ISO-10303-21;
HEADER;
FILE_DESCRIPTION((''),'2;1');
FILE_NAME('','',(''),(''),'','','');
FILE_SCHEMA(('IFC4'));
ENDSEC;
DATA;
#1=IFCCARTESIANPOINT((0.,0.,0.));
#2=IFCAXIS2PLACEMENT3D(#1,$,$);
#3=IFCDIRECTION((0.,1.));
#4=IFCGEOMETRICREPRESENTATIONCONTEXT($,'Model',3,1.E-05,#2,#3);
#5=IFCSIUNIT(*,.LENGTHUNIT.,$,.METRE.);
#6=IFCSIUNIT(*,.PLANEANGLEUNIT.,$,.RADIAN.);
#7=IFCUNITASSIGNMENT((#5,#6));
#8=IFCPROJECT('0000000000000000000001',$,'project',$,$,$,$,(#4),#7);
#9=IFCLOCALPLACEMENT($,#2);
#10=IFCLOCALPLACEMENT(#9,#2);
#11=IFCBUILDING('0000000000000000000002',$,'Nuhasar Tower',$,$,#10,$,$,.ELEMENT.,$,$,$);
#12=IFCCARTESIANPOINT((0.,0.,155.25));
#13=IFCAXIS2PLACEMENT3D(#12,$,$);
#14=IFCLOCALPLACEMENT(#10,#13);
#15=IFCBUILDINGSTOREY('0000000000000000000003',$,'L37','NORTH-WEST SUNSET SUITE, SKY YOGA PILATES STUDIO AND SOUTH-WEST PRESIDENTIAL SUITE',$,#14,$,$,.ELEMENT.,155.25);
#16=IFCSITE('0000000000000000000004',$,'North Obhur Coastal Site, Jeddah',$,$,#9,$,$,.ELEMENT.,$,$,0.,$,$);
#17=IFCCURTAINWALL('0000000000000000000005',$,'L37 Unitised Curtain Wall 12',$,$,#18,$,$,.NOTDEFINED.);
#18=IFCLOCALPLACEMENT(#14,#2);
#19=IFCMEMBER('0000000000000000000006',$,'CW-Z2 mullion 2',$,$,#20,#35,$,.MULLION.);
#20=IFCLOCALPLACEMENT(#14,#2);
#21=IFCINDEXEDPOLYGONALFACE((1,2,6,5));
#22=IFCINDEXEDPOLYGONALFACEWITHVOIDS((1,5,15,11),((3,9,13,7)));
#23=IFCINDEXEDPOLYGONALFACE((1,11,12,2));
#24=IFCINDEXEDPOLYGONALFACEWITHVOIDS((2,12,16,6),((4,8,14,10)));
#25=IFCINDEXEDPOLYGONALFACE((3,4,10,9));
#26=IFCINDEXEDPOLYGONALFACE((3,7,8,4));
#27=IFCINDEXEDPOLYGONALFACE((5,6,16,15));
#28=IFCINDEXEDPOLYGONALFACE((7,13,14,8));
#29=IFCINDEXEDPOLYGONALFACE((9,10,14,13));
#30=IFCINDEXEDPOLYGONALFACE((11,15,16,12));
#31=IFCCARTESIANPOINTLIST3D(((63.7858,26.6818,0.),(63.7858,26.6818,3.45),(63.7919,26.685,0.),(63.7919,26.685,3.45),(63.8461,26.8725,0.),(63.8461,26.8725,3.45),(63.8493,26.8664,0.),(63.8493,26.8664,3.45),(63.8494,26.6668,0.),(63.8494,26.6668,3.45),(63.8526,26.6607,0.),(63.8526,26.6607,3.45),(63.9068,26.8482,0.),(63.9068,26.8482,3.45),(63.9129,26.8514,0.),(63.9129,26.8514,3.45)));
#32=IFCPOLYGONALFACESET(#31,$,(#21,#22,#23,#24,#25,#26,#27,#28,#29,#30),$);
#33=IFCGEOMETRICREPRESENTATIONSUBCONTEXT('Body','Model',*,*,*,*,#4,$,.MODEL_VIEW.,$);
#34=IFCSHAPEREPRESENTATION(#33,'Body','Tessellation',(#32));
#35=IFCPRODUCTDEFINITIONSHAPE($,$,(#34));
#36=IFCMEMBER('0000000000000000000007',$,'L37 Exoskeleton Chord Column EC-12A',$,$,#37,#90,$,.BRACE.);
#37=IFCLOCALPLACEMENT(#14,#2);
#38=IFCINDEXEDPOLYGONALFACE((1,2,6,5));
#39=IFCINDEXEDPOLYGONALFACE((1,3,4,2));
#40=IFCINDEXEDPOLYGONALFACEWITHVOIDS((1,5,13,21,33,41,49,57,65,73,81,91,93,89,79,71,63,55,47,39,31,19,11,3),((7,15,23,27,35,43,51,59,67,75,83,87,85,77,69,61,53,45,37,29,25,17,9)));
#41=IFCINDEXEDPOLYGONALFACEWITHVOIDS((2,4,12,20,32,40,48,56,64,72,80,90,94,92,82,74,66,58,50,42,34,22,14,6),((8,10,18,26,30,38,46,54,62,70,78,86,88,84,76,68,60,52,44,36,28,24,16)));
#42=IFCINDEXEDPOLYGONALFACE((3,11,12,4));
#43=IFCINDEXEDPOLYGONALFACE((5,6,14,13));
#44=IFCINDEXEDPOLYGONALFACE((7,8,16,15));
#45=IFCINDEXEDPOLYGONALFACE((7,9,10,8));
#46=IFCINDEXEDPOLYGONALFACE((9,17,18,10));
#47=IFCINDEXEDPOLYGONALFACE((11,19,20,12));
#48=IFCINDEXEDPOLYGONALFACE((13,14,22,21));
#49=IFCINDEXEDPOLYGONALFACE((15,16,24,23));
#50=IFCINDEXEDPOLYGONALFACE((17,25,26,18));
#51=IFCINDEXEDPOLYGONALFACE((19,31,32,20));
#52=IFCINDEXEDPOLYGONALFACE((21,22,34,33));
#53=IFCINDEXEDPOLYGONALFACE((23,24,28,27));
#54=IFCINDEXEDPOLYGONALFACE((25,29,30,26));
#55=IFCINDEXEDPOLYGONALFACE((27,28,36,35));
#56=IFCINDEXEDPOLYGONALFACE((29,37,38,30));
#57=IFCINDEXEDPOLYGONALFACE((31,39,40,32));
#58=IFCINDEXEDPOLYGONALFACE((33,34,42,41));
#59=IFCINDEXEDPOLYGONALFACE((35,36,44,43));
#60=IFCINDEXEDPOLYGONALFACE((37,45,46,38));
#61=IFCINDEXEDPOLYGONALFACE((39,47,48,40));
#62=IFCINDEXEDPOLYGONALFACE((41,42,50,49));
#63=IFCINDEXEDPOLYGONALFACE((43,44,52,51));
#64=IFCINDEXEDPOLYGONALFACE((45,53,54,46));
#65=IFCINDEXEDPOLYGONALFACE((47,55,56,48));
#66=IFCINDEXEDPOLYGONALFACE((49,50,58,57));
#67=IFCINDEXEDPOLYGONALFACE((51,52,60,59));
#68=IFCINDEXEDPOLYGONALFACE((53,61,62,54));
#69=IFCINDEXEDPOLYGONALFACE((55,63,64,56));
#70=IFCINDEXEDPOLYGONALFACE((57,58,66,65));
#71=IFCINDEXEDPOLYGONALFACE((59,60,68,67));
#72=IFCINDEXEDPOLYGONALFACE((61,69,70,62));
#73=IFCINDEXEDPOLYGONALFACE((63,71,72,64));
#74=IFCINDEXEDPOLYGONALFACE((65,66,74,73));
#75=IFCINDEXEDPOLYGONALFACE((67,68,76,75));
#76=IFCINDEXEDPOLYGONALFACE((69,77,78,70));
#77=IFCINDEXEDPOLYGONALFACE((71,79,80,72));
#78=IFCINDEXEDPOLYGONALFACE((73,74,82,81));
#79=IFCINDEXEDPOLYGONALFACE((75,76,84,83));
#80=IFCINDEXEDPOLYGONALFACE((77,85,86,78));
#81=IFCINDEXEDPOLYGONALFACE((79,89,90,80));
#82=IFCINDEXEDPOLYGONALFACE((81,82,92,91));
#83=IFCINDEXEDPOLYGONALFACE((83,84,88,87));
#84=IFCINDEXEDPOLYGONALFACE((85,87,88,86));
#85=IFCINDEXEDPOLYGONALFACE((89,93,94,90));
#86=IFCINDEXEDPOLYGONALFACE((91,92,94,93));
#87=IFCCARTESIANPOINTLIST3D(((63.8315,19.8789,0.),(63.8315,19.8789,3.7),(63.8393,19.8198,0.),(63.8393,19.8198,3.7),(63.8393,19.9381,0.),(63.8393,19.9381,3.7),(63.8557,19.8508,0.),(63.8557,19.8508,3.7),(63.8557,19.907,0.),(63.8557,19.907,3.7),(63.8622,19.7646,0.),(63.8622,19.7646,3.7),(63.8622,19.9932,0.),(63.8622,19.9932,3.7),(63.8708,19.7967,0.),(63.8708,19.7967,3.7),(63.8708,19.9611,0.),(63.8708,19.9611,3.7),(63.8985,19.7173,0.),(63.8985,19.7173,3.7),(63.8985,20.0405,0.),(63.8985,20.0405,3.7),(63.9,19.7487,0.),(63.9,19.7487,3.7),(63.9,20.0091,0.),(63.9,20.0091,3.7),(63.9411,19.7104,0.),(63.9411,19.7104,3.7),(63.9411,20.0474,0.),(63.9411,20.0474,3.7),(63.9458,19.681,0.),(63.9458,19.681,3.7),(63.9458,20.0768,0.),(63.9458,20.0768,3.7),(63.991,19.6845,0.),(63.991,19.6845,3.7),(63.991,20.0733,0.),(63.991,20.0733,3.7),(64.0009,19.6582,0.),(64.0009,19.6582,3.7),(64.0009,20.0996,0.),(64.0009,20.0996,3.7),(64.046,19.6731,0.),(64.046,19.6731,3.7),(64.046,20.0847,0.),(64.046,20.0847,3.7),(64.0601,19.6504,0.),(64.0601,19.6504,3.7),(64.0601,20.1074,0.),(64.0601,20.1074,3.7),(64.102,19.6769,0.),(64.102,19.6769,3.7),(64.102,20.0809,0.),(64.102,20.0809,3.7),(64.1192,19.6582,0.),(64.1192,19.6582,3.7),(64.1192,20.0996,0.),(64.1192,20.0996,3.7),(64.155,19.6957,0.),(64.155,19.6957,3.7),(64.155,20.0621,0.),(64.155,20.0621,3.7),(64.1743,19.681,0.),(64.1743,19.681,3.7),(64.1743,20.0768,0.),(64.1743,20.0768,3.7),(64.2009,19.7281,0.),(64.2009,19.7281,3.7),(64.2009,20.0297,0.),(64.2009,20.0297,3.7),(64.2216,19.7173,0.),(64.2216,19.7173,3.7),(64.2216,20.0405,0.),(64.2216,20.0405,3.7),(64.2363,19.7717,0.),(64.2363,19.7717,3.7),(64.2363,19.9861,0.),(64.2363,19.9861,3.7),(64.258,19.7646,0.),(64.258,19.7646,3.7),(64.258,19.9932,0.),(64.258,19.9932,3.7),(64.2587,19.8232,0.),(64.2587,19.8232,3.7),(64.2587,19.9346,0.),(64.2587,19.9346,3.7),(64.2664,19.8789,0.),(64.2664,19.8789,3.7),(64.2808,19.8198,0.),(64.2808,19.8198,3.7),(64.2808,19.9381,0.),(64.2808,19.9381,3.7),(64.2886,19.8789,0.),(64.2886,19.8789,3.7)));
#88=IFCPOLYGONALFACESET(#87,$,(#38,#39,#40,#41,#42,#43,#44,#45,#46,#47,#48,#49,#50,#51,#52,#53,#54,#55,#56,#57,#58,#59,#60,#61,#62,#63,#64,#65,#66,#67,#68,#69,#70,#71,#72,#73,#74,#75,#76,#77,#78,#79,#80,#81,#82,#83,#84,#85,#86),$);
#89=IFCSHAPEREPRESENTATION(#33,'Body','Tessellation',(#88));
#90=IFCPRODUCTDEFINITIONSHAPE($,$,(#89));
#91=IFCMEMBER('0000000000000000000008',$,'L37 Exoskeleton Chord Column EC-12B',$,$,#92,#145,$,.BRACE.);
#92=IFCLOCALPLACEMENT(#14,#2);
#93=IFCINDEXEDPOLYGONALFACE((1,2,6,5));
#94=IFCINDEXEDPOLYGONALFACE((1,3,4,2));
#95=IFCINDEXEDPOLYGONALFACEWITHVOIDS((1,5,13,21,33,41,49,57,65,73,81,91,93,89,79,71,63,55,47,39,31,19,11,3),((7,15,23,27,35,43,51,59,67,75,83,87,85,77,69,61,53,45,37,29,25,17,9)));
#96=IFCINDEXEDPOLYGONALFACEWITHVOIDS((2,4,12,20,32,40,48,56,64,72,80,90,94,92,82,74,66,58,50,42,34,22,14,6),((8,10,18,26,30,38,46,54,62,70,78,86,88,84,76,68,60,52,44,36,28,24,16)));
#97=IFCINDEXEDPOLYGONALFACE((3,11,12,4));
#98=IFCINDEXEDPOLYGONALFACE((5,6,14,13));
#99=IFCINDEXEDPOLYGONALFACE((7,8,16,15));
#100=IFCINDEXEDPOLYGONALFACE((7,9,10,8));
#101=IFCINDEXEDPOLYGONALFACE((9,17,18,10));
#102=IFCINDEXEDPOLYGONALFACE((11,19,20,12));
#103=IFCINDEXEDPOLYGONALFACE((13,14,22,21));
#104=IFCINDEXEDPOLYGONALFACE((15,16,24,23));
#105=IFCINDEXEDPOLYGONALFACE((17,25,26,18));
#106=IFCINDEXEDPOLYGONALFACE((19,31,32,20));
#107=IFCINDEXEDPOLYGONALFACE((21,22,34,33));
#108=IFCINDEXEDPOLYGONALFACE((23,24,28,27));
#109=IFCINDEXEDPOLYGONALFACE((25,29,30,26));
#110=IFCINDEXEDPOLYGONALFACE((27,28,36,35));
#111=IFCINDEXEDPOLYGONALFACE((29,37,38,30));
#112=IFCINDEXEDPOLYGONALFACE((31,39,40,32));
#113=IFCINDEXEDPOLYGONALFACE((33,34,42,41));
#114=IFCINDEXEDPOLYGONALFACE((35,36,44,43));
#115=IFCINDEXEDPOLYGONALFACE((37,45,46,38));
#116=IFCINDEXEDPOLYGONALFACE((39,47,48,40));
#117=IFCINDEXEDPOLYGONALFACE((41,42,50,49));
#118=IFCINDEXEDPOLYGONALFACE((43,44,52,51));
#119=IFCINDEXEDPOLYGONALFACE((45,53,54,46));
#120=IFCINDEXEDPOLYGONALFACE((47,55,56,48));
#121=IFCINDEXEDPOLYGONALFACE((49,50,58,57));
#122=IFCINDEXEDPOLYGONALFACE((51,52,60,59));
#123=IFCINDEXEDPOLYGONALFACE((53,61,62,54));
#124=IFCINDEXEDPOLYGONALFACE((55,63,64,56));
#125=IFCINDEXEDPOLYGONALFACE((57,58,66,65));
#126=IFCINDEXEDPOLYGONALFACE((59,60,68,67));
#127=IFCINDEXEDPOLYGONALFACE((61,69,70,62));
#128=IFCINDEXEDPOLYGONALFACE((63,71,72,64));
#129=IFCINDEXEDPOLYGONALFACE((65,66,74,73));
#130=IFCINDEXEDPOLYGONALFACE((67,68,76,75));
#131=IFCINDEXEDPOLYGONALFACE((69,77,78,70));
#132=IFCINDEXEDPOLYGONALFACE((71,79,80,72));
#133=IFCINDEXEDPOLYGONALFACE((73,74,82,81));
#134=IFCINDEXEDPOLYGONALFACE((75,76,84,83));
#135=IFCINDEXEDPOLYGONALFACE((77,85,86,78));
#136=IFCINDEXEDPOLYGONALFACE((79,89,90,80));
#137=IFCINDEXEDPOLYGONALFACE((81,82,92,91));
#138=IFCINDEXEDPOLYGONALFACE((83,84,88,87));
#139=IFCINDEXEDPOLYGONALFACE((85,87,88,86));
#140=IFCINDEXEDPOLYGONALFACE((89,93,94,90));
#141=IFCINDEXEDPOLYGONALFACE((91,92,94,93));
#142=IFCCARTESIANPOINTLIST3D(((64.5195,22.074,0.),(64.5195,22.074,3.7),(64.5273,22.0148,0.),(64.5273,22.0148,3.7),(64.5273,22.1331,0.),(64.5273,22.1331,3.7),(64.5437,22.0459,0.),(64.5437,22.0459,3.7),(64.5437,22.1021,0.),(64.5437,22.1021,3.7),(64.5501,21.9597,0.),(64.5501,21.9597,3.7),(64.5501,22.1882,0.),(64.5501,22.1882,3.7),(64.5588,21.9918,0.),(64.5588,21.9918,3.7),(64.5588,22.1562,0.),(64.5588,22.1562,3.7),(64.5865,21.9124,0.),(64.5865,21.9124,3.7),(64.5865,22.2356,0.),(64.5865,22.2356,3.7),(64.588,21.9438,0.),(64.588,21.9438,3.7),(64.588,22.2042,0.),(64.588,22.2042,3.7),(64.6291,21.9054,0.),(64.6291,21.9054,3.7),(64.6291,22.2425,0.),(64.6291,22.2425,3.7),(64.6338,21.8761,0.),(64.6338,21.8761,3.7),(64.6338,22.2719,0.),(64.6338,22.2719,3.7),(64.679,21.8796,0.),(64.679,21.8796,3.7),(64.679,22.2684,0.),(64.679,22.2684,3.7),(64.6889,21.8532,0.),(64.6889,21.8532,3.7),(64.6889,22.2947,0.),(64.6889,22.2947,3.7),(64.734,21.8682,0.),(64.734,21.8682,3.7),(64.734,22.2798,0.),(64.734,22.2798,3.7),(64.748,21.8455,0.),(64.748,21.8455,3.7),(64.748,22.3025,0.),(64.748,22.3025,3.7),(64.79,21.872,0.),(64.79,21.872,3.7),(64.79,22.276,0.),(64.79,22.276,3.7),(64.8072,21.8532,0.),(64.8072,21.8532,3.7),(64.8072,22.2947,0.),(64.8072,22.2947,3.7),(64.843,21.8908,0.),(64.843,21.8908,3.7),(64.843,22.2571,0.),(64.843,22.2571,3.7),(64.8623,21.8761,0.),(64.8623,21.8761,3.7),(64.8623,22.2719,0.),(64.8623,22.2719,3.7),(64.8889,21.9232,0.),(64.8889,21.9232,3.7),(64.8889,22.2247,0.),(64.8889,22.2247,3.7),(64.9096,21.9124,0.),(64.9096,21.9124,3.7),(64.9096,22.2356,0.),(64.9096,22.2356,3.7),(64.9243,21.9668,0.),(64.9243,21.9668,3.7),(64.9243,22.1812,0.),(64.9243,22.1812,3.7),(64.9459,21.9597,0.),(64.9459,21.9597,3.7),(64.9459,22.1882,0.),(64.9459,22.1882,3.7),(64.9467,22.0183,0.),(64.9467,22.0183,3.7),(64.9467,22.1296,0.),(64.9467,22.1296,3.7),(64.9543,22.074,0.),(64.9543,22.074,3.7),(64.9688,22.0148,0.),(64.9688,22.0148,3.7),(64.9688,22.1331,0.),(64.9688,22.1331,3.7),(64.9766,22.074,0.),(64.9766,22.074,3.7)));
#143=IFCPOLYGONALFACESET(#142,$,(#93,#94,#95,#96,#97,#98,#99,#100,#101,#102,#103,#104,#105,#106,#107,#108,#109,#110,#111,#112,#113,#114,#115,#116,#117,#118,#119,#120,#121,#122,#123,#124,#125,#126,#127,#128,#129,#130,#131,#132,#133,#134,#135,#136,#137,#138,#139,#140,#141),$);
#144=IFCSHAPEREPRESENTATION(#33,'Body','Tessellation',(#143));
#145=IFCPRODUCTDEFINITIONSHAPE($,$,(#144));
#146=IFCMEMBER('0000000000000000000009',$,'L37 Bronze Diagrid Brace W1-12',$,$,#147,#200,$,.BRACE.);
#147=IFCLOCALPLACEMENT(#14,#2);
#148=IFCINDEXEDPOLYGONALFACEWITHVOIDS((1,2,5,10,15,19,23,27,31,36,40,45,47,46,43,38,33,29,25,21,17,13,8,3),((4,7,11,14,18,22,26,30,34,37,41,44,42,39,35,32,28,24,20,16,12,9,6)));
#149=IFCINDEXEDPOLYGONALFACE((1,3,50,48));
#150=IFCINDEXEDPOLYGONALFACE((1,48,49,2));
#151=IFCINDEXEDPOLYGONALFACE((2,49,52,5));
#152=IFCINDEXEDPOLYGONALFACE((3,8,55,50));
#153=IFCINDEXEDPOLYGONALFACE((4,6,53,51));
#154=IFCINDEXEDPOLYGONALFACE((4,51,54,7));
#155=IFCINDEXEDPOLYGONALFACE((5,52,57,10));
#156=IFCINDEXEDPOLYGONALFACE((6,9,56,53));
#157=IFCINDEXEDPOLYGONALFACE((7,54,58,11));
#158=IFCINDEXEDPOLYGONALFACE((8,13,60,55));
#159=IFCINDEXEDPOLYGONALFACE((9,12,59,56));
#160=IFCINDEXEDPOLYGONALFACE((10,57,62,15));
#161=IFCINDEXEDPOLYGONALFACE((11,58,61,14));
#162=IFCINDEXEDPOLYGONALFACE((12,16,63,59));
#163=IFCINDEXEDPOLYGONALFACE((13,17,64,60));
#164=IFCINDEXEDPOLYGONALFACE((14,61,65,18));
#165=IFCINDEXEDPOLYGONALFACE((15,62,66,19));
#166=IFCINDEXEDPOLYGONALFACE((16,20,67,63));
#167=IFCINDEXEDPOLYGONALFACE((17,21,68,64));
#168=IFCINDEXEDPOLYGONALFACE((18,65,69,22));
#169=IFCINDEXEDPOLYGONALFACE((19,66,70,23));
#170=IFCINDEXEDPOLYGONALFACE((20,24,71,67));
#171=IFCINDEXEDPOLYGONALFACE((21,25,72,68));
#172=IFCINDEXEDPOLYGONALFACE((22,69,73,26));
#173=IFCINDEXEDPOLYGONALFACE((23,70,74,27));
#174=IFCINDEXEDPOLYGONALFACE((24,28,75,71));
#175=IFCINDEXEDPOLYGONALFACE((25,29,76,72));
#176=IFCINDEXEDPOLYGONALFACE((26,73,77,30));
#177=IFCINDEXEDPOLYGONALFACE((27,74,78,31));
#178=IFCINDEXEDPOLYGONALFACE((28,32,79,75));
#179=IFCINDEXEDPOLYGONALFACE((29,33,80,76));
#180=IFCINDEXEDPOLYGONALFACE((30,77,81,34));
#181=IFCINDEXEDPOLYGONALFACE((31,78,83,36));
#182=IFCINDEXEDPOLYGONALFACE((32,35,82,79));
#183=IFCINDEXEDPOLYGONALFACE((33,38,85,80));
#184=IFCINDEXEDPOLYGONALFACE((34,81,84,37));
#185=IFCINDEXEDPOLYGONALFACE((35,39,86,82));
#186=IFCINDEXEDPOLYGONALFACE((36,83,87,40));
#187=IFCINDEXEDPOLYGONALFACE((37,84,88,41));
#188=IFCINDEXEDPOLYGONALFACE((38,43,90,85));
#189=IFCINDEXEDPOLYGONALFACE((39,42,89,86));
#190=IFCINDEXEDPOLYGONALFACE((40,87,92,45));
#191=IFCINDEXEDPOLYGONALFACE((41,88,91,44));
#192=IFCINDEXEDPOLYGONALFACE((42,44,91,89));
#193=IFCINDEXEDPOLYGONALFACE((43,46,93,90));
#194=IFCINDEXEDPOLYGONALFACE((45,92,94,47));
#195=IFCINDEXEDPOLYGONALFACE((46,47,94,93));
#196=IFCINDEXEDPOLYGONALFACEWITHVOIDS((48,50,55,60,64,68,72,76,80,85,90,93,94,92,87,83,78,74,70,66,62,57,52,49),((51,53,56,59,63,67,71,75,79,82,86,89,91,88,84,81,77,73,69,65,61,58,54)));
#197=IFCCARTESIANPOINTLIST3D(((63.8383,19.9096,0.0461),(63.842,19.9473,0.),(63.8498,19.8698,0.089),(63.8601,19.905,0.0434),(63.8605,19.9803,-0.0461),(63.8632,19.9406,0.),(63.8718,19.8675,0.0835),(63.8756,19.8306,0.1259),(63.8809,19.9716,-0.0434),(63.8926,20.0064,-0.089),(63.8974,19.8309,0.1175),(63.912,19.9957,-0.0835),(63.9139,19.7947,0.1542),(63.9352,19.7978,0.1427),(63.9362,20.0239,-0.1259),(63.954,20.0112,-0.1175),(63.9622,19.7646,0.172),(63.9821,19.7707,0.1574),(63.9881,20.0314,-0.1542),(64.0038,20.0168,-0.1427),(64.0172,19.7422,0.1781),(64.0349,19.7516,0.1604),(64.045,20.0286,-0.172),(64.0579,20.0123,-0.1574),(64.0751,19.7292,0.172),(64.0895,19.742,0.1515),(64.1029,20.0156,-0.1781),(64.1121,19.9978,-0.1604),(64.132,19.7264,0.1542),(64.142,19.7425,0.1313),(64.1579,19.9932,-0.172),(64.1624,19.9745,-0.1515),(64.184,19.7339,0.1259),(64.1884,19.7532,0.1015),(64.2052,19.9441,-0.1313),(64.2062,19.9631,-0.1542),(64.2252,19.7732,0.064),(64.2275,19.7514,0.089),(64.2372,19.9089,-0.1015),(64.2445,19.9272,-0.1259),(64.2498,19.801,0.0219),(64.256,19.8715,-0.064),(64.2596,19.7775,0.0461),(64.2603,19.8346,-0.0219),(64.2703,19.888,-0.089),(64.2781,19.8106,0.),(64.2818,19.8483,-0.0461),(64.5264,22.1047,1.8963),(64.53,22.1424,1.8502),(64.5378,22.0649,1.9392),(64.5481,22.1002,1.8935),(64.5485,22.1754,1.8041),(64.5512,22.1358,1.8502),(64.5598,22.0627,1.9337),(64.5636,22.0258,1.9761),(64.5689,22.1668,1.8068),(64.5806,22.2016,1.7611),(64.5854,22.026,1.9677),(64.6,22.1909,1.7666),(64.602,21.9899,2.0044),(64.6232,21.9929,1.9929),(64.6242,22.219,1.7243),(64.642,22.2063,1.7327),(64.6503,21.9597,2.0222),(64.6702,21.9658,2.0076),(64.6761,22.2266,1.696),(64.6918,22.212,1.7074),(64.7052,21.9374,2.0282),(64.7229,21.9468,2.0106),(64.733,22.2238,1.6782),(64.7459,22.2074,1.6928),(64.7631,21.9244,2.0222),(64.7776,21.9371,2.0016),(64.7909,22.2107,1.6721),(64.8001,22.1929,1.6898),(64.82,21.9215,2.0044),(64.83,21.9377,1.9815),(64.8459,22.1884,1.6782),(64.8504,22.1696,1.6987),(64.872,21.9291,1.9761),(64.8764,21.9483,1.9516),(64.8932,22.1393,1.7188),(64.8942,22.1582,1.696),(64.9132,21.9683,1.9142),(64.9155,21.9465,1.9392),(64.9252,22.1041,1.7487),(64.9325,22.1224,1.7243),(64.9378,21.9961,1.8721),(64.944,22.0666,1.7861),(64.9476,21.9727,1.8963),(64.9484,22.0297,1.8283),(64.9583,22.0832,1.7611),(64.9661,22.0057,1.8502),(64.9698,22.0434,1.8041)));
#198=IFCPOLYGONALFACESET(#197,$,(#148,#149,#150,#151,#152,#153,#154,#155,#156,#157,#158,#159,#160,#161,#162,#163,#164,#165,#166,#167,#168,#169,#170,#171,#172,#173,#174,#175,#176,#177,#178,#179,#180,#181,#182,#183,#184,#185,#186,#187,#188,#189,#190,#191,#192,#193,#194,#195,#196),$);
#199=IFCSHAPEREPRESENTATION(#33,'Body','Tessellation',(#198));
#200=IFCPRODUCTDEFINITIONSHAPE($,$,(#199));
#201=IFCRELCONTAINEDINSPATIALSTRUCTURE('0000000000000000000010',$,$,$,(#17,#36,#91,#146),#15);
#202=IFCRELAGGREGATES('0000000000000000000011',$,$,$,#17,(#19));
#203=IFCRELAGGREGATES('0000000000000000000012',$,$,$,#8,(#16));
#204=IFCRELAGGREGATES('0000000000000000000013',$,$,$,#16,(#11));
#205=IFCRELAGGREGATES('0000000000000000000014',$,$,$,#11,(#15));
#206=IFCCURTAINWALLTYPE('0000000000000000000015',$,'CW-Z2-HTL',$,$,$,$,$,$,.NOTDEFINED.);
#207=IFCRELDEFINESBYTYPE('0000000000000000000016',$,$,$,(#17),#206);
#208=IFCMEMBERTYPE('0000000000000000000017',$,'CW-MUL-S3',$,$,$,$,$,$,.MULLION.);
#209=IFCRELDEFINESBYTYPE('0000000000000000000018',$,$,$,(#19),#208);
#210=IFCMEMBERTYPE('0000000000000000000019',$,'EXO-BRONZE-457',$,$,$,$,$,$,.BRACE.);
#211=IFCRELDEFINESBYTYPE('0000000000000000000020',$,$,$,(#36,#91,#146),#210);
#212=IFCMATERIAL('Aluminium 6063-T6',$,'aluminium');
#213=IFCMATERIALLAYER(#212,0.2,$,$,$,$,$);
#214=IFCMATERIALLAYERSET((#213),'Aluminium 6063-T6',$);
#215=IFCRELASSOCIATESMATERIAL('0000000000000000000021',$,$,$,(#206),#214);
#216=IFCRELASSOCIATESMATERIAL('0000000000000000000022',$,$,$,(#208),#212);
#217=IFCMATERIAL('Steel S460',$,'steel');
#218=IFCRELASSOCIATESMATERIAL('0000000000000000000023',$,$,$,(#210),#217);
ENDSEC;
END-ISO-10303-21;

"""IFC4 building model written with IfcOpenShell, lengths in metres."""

from ifc_helpers import new_model, si_unit, direction, frame, origin, origin_2d, place, context, subcontext, project, spatial, hollow_rectangle, hollow_circle, extrude, material, layer, layer_set, material_profile, profile_set, type_object, element, aggregate, save


model = new_model("IFC4")

# Units and contexts
model_context = context("Model", 3, precision=1e-05, world=origin(), true_north=direction((0.0, 1.0)))
body_context = subcontext(model_context, "Body", "Model", "MODEL_VIEW")
ifc_project = project(units=[si_unit("LENGTHUNIT", "METRE"), si_unit("PLANEANGLEUNIT", "RADIAN")], contexts=[model_context])

# Site, building, storey
site_placement = place(None, origin())
site = spatial("IfcSite", under=ifc_project, at=site_placement, Name="North Obhur Coastal Site, Jeddah", CompositionType="ELEMENT", RefElevation=0.0)
building_placement = place(site_placement, origin())
building = spatial("IfcBuilding", under=site, at=building_placement, Name="Nuhasar Tower", CompositionType="ELEMENT")
storey_placement = place(building_placement, frame((0.0, 0.0, 155.25)))
storey = spatial("IfcBuildingStorey", under=building, at=storey_placement, Name="L37", Description="NORTH-WEST SUNSET SUITE, SKY YOGA PILATES STUDIO AND SOUTH-WEST PRESIDENTIAL SUITE", CompositionType="ELEMENT", Elevation=155.25)

# Curtain wall, member
ifc_material_1 = material(Name="Aluminium 6063-T6", Category="aluminium")
ifc_layer_1 = layer(ifc_material_1, 0.2)
ifc_layer_set_1 = layer_set([ifc_layer_1], Name="Aluminium 6063-T6")
curtain_wall_type = type_object("IfcCurtainWallType", Name="CW-Z2-HTL", PredefinedType="NOTDEFINED", material=ifc_layer_set_1)
curtain_wall_placement = place(storey_placement, origin())
curtain_wall = element("IfcCurtainWall", 1, at=curtain_wall_placement, inside=storey, type_object=curtain_wall_type, Name="L37 Unitised Curtain Wall 12", PredefinedType="NOTDEFINED")
ifc_material_profile_1 = material_profile(ifc_material_1, hollow_rectangle(XDim=0.0701, YDim=0.2, WallThickness=0.0049, at=origin_2d()), Name="CWM-3")
ifc_profile_set_1 = profile_set([ifc_material_profile_1], Name="Aluminium 6063-T6")
member_type_1 = type_object("IfcMemberType", Name="CW-MUL-S3", PredefinedType="MULLION", material=ifc_profile_set_1)
member_1_placement = place(storey_placement, frame((63.8494, 26.7666, 0.0), z_axis=(0.0, 0.0, 1.0), x_axis=(-0.953433, 0.301604, 0.0)))
member_1 = element("IfcMember", 2, at=member_1_placement, type_object=member_type_1, Name="CW-Z2 mullion 2", PredefinedType="MULLION", context=body_context, shape_type="SweptSolid", body=[
    extrude(hollow_rectangle(XDim=0.0701, YDim=0.2, WallThickness=0.0049, at=origin_2d()), origin(), (0.0, 0.0, 1.0), 3.45),
])

# Members
ifc_material_2 = material(Name="Steel S460", Category="steel")
ifc_material_profile_2 = material_profile(ifc_material_2, hollow_circle(Radius=0.2285, WallThickness=0.0222, at=origin_2d()), Name="HSS457X22.2")
ifc_profile_set_2 = profile_set([ifc_material_profile_2], Name="Steel S460")
member_type_2 = type_object("IfcMemberType", Name="EXO-BRONZE-457", PredefinedType="BRACE", material=ifc_profile_set_2)
for number, where, z_axis, x_axis, name in (
    (3, (64.0601, 19.8789, 0.0), (0.0, 0.0, 1.0), (1.0, 0.0, 0.0), "L37 Exoskeleton Chord Column EC-12A"),
    (4, (64.748, 22.074, 0.0), (0.0, 0.0, 1.0), (1.0, 0.0, 0.0), "L37 Exoskeleton Chord Column EC-12B"),
):
    element("IfcMember", number, at=place(storey_placement, frame(where, z_axis=z_axis, x_axis=x_axis)), inside=storey, type_object=member_type_2, Name=name, PredefinedType="BRACE", context=body_context, shape_type="SweptSolid", body=[
        extrude(hollow_circle(Radius=0.2285, WallThickness=0.0222, at=origin_2d()), origin(), (0.0, 0.0, 1.0), 3.7),
    ])
member_2_placement = place(storey_placement, frame((64.0601, 19.8789, 0.0), z_axis=(0.233056, 0.743578, 0.626719), x_axis=(-0.954228, 0.299079, 0.0)))
element("IfcMember", 5, at=member_2_placement, inside=storey, type_object=member_type_2, Name="L37 Bronze Diagrid Brace W1-12", PredefinedType="BRACE", context=body_context, shape_type="SweptSolid", body=[
    extrude(hollow_circle(Radius=0.2285, WallThickness=0.0222, at=origin_2d()), origin(), (0.0, 0.0, 1.0), 2.9521),
])

aggregate(curtain_wall, [member_1])

save(model, "model.ifc")
